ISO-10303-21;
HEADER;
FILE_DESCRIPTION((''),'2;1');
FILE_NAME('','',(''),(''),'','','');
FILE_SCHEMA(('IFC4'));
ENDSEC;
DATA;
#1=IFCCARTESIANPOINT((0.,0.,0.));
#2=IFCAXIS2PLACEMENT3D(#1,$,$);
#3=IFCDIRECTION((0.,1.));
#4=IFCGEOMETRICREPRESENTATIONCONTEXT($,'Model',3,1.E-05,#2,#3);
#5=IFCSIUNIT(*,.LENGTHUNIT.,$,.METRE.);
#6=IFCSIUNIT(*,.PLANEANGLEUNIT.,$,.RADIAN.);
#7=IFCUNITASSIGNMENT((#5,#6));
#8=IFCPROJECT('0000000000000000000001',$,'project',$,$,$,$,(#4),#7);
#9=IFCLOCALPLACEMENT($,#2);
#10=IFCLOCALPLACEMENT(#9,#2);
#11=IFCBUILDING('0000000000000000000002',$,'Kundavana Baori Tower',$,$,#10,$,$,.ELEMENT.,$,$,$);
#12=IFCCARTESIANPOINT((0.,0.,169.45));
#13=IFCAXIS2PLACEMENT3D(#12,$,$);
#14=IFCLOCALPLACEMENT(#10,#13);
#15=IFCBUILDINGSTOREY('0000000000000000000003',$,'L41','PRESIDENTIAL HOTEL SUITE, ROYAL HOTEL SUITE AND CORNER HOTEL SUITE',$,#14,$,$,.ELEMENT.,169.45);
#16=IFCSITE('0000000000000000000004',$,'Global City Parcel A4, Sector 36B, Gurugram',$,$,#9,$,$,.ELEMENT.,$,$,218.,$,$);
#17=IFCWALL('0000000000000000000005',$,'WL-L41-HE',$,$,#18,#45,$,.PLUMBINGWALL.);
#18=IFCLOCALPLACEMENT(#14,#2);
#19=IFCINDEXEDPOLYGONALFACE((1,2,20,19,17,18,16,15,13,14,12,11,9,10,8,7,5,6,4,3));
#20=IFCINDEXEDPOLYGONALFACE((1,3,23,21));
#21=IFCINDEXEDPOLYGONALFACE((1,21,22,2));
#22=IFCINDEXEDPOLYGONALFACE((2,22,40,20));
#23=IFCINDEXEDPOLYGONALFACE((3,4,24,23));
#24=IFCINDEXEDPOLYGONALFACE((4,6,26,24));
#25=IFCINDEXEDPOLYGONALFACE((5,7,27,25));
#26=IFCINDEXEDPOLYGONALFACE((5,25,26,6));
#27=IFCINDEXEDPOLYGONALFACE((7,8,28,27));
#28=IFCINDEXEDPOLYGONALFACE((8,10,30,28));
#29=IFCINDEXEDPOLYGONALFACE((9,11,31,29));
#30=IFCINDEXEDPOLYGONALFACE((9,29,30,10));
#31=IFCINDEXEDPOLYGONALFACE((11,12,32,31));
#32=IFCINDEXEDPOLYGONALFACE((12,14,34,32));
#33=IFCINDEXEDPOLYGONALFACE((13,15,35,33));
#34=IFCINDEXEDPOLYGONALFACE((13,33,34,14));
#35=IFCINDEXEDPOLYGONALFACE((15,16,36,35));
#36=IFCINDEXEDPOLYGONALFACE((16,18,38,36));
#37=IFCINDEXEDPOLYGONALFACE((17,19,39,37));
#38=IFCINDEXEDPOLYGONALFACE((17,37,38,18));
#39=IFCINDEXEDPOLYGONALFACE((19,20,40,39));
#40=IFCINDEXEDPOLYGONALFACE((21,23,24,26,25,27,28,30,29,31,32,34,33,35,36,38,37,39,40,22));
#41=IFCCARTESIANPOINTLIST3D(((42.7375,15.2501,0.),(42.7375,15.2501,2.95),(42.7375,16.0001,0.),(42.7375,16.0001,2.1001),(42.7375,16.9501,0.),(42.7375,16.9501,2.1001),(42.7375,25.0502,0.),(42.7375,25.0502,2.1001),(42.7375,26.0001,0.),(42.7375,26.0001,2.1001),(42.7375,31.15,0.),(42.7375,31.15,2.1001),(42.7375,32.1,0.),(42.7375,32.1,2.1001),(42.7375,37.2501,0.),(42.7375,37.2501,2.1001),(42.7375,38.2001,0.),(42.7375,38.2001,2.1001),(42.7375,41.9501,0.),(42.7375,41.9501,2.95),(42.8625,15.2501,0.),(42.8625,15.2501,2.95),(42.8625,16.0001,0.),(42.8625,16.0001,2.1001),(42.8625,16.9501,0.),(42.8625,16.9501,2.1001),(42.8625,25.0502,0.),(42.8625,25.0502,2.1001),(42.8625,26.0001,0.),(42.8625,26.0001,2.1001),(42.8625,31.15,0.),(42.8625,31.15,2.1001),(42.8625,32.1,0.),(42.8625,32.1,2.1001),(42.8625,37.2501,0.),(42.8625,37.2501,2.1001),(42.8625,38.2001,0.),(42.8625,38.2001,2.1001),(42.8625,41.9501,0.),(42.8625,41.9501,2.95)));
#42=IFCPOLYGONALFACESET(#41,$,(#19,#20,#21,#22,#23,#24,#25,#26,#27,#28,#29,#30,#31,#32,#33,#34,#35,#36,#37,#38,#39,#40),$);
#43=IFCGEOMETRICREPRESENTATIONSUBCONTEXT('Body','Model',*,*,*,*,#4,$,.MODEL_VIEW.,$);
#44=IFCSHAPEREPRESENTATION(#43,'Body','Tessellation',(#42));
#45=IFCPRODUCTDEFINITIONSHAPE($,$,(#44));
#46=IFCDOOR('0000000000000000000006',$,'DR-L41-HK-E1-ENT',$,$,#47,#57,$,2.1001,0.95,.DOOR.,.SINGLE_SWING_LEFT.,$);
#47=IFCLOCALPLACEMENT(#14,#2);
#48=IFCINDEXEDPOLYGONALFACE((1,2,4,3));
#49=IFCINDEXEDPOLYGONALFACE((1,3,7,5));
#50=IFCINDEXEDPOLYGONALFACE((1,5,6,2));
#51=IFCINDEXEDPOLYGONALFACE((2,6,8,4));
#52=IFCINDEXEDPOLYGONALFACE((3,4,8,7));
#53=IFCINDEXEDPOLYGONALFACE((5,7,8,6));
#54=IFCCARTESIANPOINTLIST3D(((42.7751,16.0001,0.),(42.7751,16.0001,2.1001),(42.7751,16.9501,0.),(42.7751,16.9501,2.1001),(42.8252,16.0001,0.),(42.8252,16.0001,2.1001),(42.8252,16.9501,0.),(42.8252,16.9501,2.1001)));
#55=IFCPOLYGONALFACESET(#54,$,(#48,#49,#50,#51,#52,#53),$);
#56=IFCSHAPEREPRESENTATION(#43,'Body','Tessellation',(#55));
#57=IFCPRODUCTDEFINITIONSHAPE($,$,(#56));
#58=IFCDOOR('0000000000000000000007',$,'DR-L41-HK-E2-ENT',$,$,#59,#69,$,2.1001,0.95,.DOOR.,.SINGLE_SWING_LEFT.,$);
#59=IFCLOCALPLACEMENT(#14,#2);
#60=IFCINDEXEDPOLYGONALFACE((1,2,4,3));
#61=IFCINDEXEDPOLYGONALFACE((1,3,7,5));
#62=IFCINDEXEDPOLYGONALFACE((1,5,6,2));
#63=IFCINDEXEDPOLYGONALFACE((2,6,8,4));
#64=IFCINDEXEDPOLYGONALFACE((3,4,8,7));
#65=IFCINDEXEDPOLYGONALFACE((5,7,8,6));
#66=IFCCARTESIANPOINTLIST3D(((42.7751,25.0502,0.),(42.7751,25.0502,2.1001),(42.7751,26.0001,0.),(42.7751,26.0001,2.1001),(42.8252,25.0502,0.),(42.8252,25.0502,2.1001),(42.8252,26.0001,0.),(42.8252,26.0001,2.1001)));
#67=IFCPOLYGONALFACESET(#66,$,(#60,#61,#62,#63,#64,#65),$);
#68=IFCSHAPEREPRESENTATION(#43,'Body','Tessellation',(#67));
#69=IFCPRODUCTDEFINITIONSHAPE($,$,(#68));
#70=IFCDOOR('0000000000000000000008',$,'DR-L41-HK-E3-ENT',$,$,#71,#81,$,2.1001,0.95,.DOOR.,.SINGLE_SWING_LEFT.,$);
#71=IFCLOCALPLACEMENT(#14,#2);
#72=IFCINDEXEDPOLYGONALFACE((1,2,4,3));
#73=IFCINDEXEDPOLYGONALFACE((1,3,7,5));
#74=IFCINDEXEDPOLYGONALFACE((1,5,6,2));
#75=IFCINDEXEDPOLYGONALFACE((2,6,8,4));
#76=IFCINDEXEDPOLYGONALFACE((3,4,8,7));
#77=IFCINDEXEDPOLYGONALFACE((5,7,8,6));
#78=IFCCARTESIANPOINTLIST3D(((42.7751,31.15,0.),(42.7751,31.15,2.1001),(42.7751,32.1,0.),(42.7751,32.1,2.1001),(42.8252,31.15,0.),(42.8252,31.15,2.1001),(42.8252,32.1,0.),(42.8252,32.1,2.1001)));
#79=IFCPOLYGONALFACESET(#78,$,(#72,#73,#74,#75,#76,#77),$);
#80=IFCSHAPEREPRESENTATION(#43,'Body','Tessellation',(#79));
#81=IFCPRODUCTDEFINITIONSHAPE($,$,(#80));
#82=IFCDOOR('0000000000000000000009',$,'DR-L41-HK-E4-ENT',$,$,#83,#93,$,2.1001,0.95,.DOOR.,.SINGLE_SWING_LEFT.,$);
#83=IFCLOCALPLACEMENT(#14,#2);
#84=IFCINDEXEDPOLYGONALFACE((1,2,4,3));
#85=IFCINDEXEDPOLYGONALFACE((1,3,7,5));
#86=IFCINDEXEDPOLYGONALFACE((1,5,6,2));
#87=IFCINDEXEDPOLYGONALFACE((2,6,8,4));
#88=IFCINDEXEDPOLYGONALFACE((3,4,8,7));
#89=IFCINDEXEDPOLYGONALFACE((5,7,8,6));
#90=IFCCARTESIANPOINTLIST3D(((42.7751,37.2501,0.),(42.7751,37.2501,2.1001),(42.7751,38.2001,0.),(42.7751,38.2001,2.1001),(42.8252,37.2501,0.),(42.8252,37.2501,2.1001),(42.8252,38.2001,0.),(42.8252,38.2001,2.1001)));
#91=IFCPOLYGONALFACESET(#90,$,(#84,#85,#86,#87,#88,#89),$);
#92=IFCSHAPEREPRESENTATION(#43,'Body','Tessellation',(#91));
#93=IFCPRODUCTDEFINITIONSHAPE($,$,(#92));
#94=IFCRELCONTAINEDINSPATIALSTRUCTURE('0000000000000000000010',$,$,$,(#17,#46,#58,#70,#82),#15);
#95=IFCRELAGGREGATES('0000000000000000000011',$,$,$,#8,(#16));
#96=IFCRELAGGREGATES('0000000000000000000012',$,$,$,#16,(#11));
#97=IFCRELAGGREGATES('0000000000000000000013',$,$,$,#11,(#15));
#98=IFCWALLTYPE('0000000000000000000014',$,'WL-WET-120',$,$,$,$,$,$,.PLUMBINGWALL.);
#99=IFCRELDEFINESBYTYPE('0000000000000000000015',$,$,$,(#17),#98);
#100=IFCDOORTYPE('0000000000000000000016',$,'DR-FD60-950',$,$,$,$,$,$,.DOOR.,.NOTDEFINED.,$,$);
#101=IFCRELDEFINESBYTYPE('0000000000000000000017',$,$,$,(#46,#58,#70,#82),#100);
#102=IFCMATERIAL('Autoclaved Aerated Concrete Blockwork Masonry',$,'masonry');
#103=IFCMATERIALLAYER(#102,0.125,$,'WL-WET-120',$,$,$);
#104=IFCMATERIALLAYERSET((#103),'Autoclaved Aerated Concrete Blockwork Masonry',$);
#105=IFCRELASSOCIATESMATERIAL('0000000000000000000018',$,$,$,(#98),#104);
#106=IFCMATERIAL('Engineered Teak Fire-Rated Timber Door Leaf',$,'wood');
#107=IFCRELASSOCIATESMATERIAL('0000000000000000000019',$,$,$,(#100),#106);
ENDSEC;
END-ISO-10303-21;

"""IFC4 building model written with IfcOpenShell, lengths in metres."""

from ifc_helpers import new_model, si_unit, direction, frame, frame_2d, origin, place, context, subcontext, project, spatial, rectangle, extrude, material, layer, layer_set, type_object, element, fill, save


model = new_model("IFC4")

# Units and contexts
model_context = context("Model", 3, precision=1e-05, world=origin(), true_north=direction((0.0, 1.0)))
body_context = subcontext(model_context, "Body", "Model", "MODEL_VIEW")
ifc_project = project(units=[si_unit("LENGTHUNIT", "METRE"), si_unit("PLANEANGLEUNIT", "RADIAN")], contexts=[model_context])

# Site, building, storey
site_placement = place(None, origin())
site = spatial("IfcSite", under=ifc_project, at=site_placement, Name="Global City Parcel A4, Sector 36B, Gurugram", CompositionType="ELEMENT", RefElevation=218.0)
building_placement = place(site_placement, origin())
building = spatial("IfcBuilding", under=site, at=building_placement, Name="Kundavana Baori Tower", CompositionType="ELEMENT")
storey_placement = place(building_placement, frame((0.0, 0.0, 169.45)))
storey = spatial("IfcBuildingStorey", under=building, at=storey_placement, Name="L41", Description="PRESIDENTIAL HOTEL SUITE, ROYAL HOTEL SUITE AND CORNER HOTEL SUITE", CompositionType="ELEMENT", Elevation=169.45)

# Wall, openings, doors
ifc_material_1 = material(Name="Autoclaved Aerated Concrete Blockwork Masonry", Category="masonry")
ifc_layer_1 = layer(ifc_material_1, 0.125, Name="WL-WET-120")
ifc_layer_set_1 = layer_set([ifc_layer_1], Name="Autoclaved Aerated Concrete Blockwork Masonry")
wall_type_1 = type_object("IfcWallType", Name="WL-WET-120", PredefinedType="PLUMBINGWALL", material=ifc_layer_set_1)
wall_1_placement = place(storey_placement, frame((42.8, 15.25, 0.0), z_axis=(0.0, 0.0, 1.0), x_axis=(0.0, 1.0, 0.0)))
wall_1 = element("IfcWall", 1, at=wall_1_placement, inside=storey, type_object=wall_type_1, Name="WL-L41-HE", PredefinedType="PLUMBINGWALL", context=body_context, shape_type="SweptSolid", body=[
    extrude(rectangle(XDim=26.7, YDim=0.125, at=frame_2d((13.3501, 0.0))), origin(), (0.0, 0.0, 1.0), 2.95),
])
opening_1_placement = place(wall_1_placement, frame((0.75, 0.0, 0.0)))
opening_1 = element("IfcOpeningElement", 2, at=opening_1_placement, cuts=wall_1, PredefinedType="OPENING", context=body_context, shape_type="SweptSolid", body=[
    extrude(rectangle(XDim=0.95, YDim=2.1001, at=frame_2d((0.4751, 1.05))), frame((0.0, 0.0725, 0.0), z_axis=(0.0, -1.0, 0.0), x_axis=(1.0, 0.0, 0.0)), (0.0, 0.0, 1.0), 0.145),
])
opening_2_placement = place(wall_1_placement, frame((9.8, 0.0, 0.0)))
opening_2 = element("IfcOpeningElement", 3, at=opening_2_placement, cuts=wall_1, PredefinedType="OPENING", context=body_context, shape_type="SweptSolid", body=[
    extrude(rectangle(XDim=0.95, YDim=2.1001, at=frame_2d((0.4751, 1.05))), frame((0.0, 0.0725, 0.0), z_axis=(0.0, -1.0, 0.0), x_axis=(1.0, 0.0, 0.0)), (0.0, 0.0, 1.0), 0.145),
])
opening_3_placement = place(wall_1_placement, frame((15.8999, 0.0, 0.0)))
opening_3 = element("IfcOpeningElement", 4, at=opening_3_placement, cuts=wall_1, PredefinedType="OPENING", context=body_context, shape_type="SweptSolid", body=[
    extrude(rectangle(XDim=0.95, YDim=2.1001, at=frame_2d((0.4751, 1.05))), frame((0.0, 0.0725, 0.0), z_axis=(0.0, -1.0, 0.0), x_axis=(1.0, 0.0, 0.0)), (0.0, 0.0, 1.0), 0.145),
])
opening_4_placement = place(wall_1_placement, frame((22.0, 0.0, 0.0)))
opening_4 = element("IfcOpeningElement", 5, at=opening_4_placement, cuts=wall_1, PredefinedType="OPENING", context=body_context, shape_type="SweptSolid", body=[
    extrude(rectangle(XDim=0.95, YDim=2.1001, at=frame_2d((0.4751, 1.05))), frame((0.0, 0.0725, 0.0), z_axis=(0.0, -1.0, 0.0), x_axis=(1.0, 0.0, 0.0)), (0.0, 0.0, 1.0), 0.145),
])
ifc_material_2 = material(Name="Engineered Teak Fire-Rated Timber Door Leaf", Category="wood")
door_type_1 = type_object("IfcDoorType", Name="DR-FD60-950", OperationType="NOTDEFINED", PredefinedType="DOOR", material=ifc_material_2)
door_1_placement = place(opening_1_placement, origin())
door_1 = element("IfcDoor", 6, at=door_1_placement, inside=storey, type_object=door_type_1, Name="DR-L41-HK-E1-ENT", OperationType="SINGLE_SWING_LEFT", OverallHeight=2.1001, OverallWidth=0.95, PredefinedType="DOOR", context=body_context, shape_type="SweptSolid", body=[
    extrude(rectangle(XDim=0.95, YDim=2.1001, at=frame_2d((0.4751, 1.05))), frame((0.0, 0.0249, 0.0), z_axis=(0.0, -1.0, 0.0), x_axis=(1.0, 0.0, 0.0)), (0.0, 0.0, 1.0), 0.05),
])
fill(opening_1, door_1)
door_2_placement = place(opening_2_placement, origin())
door_2 = element("IfcDoor", 7, at=door_2_placement, inside=storey, type_object=door_type_1, Name="DR-L41-HK-E2-ENT", OperationType="SINGLE_SWING_LEFT", OverallHeight=2.1001, OverallWidth=0.95, PredefinedType="DOOR", context=body_context, shape_type="SweptSolid", body=[
    extrude(rectangle(XDim=0.95, YDim=2.1001, at=frame_2d((0.4751, 1.05))), frame((0.0, 0.0249, 0.0), z_axis=(0.0, -1.0, 0.0), x_axis=(1.0, 0.0, 0.0)), (0.0, 0.0, 1.0), 0.05),
])
fill(opening_2, door_2)
door_3_placement = place(opening_3_placement, origin())
door_3 = element("IfcDoor", 8, at=door_3_placement, inside=storey, type_object=door_type_1, Name="DR-L41-HK-E3-ENT", OperationType="SINGLE_SWING_LEFT", OverallHeight=2.1001, OverallWidth=0.95, PredefinedType="DOOR", context=body_context, shape_type="SweptSolid", body=[
    extrude(rectangle(XDim=0.95, YDim=2.1001, at=frame_2d((0.4751, 1.05))), frame((0.0, 0.0249, 0.0), z_axis=(0.0, -1.0, 0.0), x_axis=(1.0, 0.0, 0.0)), (0.0, 0.0, 1.0), 0.05),
])
fill(opening_3, door_3)
door_4_placement = place(opening_4_placement, origin())
door_4 = element("IfcDoor", 9, at=door_4_placement, inside=storey, type_object=door_type_1, Name="DR-L41-HK-E4-ENT", OperationType="SINGLE_SWING_LEFT", OverallHeight=2.1001, OverallWidth=0.95, PredefinedType="DOOR", context=body_context, shape_type="SweptSolid", body=[
    extrude(rectangle(XDim=0.95, YDim=2.1001, at=frame_2d((0.4751, 1.05))), frame((0.0, 0.0249, 0.0), z_axis=(0.0, -1.0, 0.0), x_axis=(1.0, 0.0, 0.0)), (0.0, 0.0, 1.0), 0.05),
])
fill(opening_4, door_4)

save(model, "model.ifc")
